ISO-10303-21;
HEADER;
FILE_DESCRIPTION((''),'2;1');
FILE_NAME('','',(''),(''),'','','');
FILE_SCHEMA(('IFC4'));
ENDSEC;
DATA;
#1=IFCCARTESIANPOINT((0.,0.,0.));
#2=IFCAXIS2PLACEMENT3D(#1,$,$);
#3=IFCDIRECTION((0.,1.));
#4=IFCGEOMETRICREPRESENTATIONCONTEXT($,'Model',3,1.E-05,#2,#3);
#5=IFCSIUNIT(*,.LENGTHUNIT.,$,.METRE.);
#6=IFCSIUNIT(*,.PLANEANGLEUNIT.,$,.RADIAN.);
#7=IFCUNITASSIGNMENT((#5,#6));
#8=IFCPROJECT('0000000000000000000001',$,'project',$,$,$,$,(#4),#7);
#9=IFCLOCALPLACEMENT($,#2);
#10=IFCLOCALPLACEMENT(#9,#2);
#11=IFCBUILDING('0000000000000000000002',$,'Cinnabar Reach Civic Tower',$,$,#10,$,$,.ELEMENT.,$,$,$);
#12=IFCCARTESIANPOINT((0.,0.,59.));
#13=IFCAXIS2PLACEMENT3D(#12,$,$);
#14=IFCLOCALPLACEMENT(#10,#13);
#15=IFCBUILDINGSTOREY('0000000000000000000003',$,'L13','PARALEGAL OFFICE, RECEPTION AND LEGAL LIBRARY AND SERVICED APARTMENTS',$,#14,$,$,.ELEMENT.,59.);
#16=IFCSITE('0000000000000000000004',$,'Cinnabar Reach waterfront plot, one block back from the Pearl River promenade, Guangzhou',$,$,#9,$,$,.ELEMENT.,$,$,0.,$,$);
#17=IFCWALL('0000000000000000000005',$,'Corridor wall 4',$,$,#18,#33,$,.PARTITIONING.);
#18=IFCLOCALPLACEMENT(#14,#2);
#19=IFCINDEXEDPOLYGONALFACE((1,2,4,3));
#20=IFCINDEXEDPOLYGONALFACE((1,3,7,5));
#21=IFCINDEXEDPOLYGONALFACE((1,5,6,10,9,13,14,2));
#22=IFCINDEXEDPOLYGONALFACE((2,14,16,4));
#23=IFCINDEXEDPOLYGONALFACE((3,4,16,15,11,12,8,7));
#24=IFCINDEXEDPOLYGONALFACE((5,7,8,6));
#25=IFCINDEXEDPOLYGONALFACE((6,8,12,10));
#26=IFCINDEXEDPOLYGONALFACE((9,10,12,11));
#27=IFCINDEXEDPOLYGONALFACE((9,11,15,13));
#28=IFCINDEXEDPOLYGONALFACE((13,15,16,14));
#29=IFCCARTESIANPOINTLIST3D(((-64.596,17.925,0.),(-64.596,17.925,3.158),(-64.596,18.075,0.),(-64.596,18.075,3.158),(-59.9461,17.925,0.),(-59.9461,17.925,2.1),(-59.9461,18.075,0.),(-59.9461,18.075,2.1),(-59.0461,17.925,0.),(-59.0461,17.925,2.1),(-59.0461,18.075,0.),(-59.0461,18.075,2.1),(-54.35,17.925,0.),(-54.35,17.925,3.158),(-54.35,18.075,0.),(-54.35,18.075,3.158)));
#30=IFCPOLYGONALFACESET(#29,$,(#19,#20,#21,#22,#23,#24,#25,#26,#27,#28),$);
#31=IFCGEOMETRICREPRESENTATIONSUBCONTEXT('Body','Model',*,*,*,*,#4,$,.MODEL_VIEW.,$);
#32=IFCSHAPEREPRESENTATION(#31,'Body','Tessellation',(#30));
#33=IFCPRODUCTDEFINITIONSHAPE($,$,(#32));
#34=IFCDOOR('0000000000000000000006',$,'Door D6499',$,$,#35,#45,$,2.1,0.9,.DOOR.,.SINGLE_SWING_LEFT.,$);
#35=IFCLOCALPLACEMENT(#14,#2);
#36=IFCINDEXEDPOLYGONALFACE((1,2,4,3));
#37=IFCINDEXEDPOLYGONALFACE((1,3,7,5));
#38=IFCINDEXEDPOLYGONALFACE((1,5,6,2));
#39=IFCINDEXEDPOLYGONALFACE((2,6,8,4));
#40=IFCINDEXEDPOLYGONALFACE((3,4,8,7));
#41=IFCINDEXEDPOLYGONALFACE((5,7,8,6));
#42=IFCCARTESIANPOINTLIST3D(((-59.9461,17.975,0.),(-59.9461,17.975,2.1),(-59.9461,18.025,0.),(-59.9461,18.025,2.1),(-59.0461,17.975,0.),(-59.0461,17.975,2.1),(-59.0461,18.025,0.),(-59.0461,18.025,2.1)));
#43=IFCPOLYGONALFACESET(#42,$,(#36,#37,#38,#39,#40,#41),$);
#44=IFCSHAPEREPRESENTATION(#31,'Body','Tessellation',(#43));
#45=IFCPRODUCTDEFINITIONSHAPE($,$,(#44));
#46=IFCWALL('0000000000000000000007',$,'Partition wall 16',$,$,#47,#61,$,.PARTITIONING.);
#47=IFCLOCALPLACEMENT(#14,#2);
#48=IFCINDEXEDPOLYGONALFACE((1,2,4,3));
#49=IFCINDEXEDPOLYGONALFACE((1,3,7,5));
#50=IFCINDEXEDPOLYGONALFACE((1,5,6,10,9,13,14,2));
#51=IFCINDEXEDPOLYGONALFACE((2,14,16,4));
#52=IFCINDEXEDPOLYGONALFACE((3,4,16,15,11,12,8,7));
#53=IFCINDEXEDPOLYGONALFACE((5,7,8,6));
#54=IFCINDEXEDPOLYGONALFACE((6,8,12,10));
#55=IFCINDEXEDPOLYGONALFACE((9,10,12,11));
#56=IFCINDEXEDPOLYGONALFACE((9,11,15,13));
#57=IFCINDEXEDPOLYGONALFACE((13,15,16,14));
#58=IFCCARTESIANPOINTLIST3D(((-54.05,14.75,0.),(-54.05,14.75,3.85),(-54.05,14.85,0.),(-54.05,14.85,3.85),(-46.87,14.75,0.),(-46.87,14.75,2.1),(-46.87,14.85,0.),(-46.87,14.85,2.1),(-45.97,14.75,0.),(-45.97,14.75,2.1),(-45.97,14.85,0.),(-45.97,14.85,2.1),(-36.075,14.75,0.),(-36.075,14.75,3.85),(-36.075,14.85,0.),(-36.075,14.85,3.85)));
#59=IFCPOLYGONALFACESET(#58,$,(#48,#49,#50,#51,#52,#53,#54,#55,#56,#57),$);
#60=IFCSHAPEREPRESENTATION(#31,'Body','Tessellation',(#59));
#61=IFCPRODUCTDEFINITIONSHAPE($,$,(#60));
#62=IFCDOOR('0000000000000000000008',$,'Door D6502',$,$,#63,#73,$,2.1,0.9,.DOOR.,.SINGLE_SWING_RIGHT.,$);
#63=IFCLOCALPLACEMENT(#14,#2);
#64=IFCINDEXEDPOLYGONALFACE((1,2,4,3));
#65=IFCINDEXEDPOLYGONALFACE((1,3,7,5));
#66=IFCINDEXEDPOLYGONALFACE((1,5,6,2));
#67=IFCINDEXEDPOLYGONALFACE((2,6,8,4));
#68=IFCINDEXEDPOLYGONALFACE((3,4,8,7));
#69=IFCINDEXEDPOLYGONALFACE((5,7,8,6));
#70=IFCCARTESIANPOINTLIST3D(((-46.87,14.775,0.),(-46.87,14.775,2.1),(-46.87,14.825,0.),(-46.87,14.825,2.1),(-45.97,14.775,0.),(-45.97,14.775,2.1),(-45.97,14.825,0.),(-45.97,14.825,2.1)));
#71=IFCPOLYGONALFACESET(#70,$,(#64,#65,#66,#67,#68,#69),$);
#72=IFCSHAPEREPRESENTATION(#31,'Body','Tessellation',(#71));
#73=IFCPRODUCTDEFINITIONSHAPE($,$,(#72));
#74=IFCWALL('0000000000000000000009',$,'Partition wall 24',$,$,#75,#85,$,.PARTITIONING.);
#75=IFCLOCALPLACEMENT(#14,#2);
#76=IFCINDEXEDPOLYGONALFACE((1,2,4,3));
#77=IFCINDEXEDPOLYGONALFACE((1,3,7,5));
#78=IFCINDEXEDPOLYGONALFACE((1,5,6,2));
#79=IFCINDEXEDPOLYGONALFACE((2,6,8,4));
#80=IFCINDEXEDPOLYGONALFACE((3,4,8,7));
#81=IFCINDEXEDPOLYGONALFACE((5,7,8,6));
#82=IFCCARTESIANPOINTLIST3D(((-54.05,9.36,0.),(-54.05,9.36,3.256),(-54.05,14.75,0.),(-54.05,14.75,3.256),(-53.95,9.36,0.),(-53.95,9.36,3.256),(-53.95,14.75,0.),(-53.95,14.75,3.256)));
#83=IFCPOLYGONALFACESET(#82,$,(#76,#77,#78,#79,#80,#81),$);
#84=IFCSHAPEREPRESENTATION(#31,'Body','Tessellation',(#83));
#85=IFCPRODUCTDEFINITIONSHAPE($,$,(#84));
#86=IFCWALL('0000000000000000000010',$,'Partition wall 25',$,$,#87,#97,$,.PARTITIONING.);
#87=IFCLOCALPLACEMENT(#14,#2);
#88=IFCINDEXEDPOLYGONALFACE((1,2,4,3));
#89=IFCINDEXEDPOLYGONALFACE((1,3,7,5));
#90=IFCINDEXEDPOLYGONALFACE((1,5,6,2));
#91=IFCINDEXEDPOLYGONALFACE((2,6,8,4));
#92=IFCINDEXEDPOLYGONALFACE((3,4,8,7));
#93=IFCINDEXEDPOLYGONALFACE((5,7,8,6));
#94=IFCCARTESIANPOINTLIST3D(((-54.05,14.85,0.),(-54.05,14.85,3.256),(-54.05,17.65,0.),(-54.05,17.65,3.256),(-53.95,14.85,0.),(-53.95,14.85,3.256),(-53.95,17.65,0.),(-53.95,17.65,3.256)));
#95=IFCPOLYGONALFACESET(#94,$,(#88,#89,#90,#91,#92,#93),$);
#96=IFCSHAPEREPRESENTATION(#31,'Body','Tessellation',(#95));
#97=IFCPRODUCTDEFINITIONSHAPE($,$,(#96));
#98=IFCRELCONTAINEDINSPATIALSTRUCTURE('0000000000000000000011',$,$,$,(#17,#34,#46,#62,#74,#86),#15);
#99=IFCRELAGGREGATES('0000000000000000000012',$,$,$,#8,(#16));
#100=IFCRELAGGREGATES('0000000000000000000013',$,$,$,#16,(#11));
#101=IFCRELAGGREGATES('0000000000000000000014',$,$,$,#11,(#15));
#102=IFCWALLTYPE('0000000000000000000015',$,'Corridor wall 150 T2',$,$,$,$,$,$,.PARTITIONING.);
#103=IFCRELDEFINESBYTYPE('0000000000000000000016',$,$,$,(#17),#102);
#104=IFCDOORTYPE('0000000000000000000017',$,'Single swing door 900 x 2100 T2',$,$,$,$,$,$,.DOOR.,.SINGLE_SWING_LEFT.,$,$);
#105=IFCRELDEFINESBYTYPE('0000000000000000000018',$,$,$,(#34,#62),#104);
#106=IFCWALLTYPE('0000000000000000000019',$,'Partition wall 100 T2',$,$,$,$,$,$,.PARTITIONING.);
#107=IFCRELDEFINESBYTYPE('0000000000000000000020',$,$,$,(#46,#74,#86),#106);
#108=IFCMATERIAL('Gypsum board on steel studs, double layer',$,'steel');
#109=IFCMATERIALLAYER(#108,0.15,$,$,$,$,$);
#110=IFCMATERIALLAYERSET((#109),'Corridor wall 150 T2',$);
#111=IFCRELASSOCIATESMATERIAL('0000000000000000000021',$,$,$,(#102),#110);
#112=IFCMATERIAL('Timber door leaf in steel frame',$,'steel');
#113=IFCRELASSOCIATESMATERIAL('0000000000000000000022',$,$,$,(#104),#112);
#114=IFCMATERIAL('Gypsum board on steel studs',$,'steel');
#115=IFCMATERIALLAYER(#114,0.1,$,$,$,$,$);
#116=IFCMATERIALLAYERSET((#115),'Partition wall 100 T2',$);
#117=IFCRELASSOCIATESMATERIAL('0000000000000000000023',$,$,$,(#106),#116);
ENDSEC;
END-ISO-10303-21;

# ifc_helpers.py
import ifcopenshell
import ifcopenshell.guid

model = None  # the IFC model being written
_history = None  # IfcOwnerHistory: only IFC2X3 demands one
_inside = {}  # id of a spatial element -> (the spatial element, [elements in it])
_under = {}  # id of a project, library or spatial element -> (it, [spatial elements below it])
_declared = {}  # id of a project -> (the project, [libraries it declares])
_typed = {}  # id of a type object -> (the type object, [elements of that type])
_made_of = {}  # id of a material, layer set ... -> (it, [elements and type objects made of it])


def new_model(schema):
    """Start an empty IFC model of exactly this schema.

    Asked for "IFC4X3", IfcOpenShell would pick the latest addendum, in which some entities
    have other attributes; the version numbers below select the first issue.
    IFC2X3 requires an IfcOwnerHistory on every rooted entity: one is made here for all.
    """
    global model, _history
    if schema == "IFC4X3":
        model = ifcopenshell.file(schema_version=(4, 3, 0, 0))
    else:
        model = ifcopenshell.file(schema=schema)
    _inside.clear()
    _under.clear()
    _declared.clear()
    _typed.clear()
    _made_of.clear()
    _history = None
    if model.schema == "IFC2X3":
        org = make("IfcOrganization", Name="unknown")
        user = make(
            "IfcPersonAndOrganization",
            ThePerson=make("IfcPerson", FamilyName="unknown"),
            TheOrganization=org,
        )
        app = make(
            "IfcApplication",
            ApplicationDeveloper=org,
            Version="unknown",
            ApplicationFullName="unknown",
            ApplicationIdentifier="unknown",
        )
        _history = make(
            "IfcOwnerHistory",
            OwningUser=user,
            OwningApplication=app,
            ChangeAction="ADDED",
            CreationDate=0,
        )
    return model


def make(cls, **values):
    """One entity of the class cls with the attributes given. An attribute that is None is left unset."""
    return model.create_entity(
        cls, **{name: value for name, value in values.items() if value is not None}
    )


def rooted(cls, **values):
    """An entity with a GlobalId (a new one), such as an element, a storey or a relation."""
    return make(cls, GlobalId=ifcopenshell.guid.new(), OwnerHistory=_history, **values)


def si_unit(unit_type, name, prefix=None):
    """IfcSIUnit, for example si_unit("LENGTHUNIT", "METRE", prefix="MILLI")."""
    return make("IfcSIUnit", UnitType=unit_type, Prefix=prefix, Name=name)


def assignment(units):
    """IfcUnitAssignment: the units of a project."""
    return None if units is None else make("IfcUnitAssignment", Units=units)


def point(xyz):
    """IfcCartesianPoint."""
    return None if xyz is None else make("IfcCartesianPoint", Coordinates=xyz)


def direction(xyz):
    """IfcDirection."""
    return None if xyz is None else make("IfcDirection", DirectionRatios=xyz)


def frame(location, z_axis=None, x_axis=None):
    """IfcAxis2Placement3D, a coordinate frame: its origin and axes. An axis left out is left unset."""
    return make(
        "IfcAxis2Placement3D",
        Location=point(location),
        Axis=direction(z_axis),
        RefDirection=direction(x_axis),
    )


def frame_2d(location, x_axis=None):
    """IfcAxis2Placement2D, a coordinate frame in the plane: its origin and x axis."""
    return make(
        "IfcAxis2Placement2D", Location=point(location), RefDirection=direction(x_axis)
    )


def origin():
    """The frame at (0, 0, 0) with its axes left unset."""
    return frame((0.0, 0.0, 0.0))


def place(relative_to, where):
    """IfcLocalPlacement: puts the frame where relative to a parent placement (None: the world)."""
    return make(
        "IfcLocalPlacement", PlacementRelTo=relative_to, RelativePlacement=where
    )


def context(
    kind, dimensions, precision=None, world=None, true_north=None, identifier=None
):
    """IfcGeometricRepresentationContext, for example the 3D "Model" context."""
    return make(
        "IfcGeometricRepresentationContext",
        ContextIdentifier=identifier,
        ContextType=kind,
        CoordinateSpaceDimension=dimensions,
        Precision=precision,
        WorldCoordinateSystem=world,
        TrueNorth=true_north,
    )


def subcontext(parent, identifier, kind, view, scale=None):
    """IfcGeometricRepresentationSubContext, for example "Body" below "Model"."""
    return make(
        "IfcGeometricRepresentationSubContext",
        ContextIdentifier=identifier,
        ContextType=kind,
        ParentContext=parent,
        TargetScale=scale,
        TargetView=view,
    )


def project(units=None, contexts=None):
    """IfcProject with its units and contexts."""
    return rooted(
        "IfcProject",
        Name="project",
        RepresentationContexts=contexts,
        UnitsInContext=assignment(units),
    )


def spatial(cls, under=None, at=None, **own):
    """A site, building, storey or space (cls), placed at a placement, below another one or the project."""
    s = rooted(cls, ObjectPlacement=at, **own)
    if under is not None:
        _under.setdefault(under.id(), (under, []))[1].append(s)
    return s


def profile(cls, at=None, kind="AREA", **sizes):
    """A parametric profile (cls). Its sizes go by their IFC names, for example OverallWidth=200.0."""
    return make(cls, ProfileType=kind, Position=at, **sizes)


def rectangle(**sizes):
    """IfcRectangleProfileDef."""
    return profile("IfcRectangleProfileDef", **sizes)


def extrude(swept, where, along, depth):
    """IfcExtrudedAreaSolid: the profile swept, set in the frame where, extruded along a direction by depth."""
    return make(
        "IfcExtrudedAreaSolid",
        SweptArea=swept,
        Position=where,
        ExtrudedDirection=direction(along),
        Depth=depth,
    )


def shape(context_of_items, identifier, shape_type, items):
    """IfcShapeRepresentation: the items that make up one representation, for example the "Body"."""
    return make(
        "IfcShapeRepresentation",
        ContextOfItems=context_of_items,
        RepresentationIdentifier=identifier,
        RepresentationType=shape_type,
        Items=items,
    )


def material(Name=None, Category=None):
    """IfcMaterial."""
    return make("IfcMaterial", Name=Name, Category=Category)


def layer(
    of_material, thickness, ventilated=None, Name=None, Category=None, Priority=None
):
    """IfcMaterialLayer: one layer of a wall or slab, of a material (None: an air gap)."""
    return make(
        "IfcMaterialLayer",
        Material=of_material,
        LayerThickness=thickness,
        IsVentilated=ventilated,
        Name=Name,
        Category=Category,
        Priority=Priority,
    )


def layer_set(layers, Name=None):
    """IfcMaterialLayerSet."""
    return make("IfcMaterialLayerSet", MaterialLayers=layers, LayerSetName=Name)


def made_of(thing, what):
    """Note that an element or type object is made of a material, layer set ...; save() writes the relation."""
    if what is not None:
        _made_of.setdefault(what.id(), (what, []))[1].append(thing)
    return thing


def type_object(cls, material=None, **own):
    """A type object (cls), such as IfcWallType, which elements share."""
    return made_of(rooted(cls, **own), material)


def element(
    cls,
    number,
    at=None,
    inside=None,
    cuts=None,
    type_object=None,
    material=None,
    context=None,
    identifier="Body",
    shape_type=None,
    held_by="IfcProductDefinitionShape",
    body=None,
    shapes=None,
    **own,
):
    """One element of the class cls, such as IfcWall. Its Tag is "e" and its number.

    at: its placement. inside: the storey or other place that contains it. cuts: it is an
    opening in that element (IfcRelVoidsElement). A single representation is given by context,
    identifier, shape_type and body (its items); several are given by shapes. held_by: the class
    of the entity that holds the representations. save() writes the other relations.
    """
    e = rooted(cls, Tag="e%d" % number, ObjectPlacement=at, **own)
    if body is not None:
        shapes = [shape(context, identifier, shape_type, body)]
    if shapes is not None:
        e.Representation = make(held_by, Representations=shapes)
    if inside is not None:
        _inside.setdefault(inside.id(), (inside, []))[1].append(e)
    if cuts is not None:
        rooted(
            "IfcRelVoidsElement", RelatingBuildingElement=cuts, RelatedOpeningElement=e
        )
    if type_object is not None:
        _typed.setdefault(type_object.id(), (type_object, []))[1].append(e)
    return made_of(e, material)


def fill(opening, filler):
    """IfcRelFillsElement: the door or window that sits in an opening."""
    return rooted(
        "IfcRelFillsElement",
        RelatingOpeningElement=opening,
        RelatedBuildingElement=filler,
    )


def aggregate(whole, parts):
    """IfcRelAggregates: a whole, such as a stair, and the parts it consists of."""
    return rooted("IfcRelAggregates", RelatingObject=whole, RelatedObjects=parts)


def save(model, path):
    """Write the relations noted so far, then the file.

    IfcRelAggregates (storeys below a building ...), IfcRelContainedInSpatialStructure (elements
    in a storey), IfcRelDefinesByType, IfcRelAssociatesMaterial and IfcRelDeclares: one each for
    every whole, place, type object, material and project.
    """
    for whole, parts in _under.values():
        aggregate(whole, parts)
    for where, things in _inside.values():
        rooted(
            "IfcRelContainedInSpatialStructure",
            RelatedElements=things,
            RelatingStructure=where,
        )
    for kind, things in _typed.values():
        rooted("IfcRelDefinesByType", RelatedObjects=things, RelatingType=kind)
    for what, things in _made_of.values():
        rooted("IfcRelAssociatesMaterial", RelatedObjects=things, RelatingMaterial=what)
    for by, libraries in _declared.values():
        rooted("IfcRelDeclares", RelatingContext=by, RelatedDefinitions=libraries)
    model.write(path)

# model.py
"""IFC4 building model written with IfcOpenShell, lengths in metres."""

from ifc_helpers import new_model, si_unit, direction, frame, frame_2d, origin, place, context, subcontext, project, spatial, rectangle, extrude, material, layer, layer_set, type_object, element, fill, save


model = new_model("IFC4")

# Units and contexts
model_context = context("Model", 3, precision=1e-05, world=origin(), true_north=direction((0.0, 1.0)))
body_context = subcontext(model_context, "Body", "Model", "MODEL_VIEW")
ifc_project = project(units=[si_unit("LENGTHUNIT", "METRE"), si_unit("PLANEANGLEUNIT", "RADIAN")], contexts=[model_context])

# Site, building, storey
site_placement = place(None, origin())
site = spatial("IfcSite", under=ifc_project, at=site_placement, Name="Cinnabar Reach waterfront plot, one block back from the Pearl River promenade, Guangzhou", CompositionType="ELEMENT", RefElevation=0.0)
building_placement = place(site_placement, origin())
building = spatial("IfcBuilding", under=site, at=building_placement, Name="Cinnabar Reach Civic Tower", CompositionType="ELEMENT")
storey_placement = place(building_placement, frame((0.0, 0.0, 59.0)))
storey = spatial("IfcBuildingStorey", under=building, at=storey_placement, Name="L13", Description="PARALEGAL OFFICE, RECEPTION AND LEGAL LIBRARY AND SERVICED APARTMENTS", CompositionType="ELEMENT", Elevation=59.0)

# Walls, openings, doors
ifc_material_1 = material(Name="Gypsum board on steel studs, double layer", Category="steel")
ifc_layer_1 = layer(ifc_material_1, 0.15)
ifc_layer_set_1 = layer_set([ifc_layer_1], Name="Corridor wall 150 T2")
wall_type_1 = type_object("IfcWallType", Name="Corridor wall 150 T2", PredefinedType="PARTITIONING", material=ifc_layer_set_1)
wall_1_placement = place(storey_placement, frame((-64.5961, 18.0, 0.0), z_axis=(0.0, 0.0, 1.0), x_axis=(1.0, 0.0, 0.0)))
wall_1 = element("IfcWall", 1, at=wall_1_placement, inside=storey, type_object=wall_type_1, Name="Corridor wall 4", PredefinedType="PARTITIONING", context=body_context, shape_type="SweptSolid", body=[
    extrude(rectangle(XDim=10.2461, YDim=0.15, at=frame_2d((5.1231, 0.0))), origin(), (0.0, 0.0, 1.0), 3.158),
])
opening_1_placement = place(wall_1_placement, frame((4.65, 0.0, 0.0)))
opening_1 = element("IfcOpeningElement", 2, at=opening_1_placement, cuts=wall_1, PredefinedType="OPENING", context=body_context, shape_type="SweptSolid", body=[
    extrude(rectangle(XDim=0.9, YDim=2.1, at=frame_2d((0.45, 1.05))), frame((0.0, 0.085, 0.0), z_axis=(0.0, -1.0, 0.0), x_axis=(1.0, 0.0, 0.0)), (0.0, 0.0, 1.0), 0.17),
])
ifc_material_2 = material(Name="Timber door leaf in steel frame", Category="steel")
door_type = type_object("IfcDoorType", Name="Single swing door 900 x 2100 T2", OperationType="SINGLE_SWING_LEFT", PredefinedType="DOOR", material=ifc_material_2)
door_1_placement = place(opening_1_placement, frame((0.9, 0.0, 0.0), z_axis=(0.0, 0.0, 1.0), x_axis=(-1.0, 0.0, 0.0)))
door_1 = element("IfcDoor", 3, at=door_1_placement, inside=storey, type_object=door_type, Name="Door D6499", OperationType="SINGLE_SWING_LEFT", OverallHeight=2.1, OverallWidth=0.9, PredefinedType="DOOR", context=body_context, shape_type="SweptSolid", body=[
    extrude(rectangle(XDim=0.9, YDim=2.1, at=frame_2d((0.45, 1.05))), frame((0.0, 0.025, 0.0), z_axis=(0.0, -1.0, 0.0), x_axis=(1.0, 0.0, 0.0)), (0.0, 0.0, 1.0), 0.05),
])
fill(opening_1, door_1)
ifc_material_3 = material(Name="Gypsum board on steel studs", Category="steel")
ifc_layer_2 = layer(ifc_material_3, 0.1)
ifc_layer_set_2 = layer_set([ifc_layer_2], Name="Partition wall 100 T2")
wall_type_2 = type_object("IfcWallType", Name="Partition wall 100 T2", PredefinedType="PARTITIONING", material=ifc_layer_set_2)
wall_2_placement = place(storey_placement, frame((-54.05, 14.8, 0.0), z_axis=(0.0, 0.0, 1.0), x_axis=(1.0, 0.0, 0.0)))
wall_2 = element("IfcWall", 4, at=wall_2_placement, inside=storey, type_object=wall_type_2, Name="Partition wall 16", PredefinedType="PARTITIONING", context=body_context, shape_type="SweptSolid", body=[
    extrude(rectangle(XDim=17.975, YDim=0.1, at=frame_2d((8.9875, 0.0))), origin(), (0.0, 0.0, 1.0), 3.85),
])
opening_2_placement = place(wall_2_placement, frame((7.18, 0.0, 0.0)))
opening_2 = element("IfcOpeningElement", 5, at=opening_2_placement, cuts=wall_2, PredefinedType="OPENING", context=body_context, shape_type="SweptSolid", body=[
    extrude(rectangle(XDim=0.9, YDim=2.1, at=frame_2d((0.45, 1.05))), frame((0.0, 0.06, 0.0), z_axis=(0.0, -1.0, 0.0), x_axis=(1.0, 0.0, 0.0)), (0.0, 0.0, 1.0), 0.12),
])
door_2_placement = place(opening_2_placement, origin())
door_2 = element("IfcDoor", 6, at=door_2_placement, inside=storey, type_object=door_type, Name="Door D6502", OperationType="SINGLE_SWING_RIGHT", OverallHeight=2.1, OverallWidth=0.9, PredefinedType="DOOR", context=body_context, shape_type="SweptSolid", body=[
    extrude(rectangle(XDim=0.9, YDim=2.1, at=frame_2d((0.45, 1.05))), frame((0.0, 0.025, 0.0), z_axis=(0.0, -1.0, 0.0), x_axis=(1.0, 0.0, 0.0)), (0.0, 0.0, 1.0), 0.05),
])
fill(opening_2, door_2)

# Walls
wall_3_placement = place(storey_placement, frame((-54.0, 9.36, 0.0), z_axis=(0.0, 0.0, 1.0), x_axis=(0.0, 1.0, 0.0)))
element("IfcWall", 7, at=wall_3_placement, inside=storey, type_object=wall_type_2, Name="Partition wall 24", PredefinedType="PARTITIONING", context=body_context, shape_type="SweptSolid", body=[
    extrude(rectangle(XDim=5.39, YDim=0.1, at=frame_2d((2.695, 0.0))), origin(), (0.0, 0.0, 1.0), 3.256),
])
wall_4_placement = place(storey_placement, frame((-54.0, 14.85, 0.0), z_axis=(0.0, 0.0, 1.0), x_axis=(0.0, 1.0, 0.0)))
element("IfcWall", 8, at=wall_4_placement, inside=storey, type_object=wall_type_2, Name="Partition wall 25", PredefinedType="PARTITIONING", context=body_context, shape_type="SweptSolid", body=[
    extrude(rectangle(XDim=2.8, YDim=0.1, at=frame_2d((1.4, 0.0))), origin(), (0.0, 0.0, 1.0), 3.256),
])

save(model, "model.ifc")
